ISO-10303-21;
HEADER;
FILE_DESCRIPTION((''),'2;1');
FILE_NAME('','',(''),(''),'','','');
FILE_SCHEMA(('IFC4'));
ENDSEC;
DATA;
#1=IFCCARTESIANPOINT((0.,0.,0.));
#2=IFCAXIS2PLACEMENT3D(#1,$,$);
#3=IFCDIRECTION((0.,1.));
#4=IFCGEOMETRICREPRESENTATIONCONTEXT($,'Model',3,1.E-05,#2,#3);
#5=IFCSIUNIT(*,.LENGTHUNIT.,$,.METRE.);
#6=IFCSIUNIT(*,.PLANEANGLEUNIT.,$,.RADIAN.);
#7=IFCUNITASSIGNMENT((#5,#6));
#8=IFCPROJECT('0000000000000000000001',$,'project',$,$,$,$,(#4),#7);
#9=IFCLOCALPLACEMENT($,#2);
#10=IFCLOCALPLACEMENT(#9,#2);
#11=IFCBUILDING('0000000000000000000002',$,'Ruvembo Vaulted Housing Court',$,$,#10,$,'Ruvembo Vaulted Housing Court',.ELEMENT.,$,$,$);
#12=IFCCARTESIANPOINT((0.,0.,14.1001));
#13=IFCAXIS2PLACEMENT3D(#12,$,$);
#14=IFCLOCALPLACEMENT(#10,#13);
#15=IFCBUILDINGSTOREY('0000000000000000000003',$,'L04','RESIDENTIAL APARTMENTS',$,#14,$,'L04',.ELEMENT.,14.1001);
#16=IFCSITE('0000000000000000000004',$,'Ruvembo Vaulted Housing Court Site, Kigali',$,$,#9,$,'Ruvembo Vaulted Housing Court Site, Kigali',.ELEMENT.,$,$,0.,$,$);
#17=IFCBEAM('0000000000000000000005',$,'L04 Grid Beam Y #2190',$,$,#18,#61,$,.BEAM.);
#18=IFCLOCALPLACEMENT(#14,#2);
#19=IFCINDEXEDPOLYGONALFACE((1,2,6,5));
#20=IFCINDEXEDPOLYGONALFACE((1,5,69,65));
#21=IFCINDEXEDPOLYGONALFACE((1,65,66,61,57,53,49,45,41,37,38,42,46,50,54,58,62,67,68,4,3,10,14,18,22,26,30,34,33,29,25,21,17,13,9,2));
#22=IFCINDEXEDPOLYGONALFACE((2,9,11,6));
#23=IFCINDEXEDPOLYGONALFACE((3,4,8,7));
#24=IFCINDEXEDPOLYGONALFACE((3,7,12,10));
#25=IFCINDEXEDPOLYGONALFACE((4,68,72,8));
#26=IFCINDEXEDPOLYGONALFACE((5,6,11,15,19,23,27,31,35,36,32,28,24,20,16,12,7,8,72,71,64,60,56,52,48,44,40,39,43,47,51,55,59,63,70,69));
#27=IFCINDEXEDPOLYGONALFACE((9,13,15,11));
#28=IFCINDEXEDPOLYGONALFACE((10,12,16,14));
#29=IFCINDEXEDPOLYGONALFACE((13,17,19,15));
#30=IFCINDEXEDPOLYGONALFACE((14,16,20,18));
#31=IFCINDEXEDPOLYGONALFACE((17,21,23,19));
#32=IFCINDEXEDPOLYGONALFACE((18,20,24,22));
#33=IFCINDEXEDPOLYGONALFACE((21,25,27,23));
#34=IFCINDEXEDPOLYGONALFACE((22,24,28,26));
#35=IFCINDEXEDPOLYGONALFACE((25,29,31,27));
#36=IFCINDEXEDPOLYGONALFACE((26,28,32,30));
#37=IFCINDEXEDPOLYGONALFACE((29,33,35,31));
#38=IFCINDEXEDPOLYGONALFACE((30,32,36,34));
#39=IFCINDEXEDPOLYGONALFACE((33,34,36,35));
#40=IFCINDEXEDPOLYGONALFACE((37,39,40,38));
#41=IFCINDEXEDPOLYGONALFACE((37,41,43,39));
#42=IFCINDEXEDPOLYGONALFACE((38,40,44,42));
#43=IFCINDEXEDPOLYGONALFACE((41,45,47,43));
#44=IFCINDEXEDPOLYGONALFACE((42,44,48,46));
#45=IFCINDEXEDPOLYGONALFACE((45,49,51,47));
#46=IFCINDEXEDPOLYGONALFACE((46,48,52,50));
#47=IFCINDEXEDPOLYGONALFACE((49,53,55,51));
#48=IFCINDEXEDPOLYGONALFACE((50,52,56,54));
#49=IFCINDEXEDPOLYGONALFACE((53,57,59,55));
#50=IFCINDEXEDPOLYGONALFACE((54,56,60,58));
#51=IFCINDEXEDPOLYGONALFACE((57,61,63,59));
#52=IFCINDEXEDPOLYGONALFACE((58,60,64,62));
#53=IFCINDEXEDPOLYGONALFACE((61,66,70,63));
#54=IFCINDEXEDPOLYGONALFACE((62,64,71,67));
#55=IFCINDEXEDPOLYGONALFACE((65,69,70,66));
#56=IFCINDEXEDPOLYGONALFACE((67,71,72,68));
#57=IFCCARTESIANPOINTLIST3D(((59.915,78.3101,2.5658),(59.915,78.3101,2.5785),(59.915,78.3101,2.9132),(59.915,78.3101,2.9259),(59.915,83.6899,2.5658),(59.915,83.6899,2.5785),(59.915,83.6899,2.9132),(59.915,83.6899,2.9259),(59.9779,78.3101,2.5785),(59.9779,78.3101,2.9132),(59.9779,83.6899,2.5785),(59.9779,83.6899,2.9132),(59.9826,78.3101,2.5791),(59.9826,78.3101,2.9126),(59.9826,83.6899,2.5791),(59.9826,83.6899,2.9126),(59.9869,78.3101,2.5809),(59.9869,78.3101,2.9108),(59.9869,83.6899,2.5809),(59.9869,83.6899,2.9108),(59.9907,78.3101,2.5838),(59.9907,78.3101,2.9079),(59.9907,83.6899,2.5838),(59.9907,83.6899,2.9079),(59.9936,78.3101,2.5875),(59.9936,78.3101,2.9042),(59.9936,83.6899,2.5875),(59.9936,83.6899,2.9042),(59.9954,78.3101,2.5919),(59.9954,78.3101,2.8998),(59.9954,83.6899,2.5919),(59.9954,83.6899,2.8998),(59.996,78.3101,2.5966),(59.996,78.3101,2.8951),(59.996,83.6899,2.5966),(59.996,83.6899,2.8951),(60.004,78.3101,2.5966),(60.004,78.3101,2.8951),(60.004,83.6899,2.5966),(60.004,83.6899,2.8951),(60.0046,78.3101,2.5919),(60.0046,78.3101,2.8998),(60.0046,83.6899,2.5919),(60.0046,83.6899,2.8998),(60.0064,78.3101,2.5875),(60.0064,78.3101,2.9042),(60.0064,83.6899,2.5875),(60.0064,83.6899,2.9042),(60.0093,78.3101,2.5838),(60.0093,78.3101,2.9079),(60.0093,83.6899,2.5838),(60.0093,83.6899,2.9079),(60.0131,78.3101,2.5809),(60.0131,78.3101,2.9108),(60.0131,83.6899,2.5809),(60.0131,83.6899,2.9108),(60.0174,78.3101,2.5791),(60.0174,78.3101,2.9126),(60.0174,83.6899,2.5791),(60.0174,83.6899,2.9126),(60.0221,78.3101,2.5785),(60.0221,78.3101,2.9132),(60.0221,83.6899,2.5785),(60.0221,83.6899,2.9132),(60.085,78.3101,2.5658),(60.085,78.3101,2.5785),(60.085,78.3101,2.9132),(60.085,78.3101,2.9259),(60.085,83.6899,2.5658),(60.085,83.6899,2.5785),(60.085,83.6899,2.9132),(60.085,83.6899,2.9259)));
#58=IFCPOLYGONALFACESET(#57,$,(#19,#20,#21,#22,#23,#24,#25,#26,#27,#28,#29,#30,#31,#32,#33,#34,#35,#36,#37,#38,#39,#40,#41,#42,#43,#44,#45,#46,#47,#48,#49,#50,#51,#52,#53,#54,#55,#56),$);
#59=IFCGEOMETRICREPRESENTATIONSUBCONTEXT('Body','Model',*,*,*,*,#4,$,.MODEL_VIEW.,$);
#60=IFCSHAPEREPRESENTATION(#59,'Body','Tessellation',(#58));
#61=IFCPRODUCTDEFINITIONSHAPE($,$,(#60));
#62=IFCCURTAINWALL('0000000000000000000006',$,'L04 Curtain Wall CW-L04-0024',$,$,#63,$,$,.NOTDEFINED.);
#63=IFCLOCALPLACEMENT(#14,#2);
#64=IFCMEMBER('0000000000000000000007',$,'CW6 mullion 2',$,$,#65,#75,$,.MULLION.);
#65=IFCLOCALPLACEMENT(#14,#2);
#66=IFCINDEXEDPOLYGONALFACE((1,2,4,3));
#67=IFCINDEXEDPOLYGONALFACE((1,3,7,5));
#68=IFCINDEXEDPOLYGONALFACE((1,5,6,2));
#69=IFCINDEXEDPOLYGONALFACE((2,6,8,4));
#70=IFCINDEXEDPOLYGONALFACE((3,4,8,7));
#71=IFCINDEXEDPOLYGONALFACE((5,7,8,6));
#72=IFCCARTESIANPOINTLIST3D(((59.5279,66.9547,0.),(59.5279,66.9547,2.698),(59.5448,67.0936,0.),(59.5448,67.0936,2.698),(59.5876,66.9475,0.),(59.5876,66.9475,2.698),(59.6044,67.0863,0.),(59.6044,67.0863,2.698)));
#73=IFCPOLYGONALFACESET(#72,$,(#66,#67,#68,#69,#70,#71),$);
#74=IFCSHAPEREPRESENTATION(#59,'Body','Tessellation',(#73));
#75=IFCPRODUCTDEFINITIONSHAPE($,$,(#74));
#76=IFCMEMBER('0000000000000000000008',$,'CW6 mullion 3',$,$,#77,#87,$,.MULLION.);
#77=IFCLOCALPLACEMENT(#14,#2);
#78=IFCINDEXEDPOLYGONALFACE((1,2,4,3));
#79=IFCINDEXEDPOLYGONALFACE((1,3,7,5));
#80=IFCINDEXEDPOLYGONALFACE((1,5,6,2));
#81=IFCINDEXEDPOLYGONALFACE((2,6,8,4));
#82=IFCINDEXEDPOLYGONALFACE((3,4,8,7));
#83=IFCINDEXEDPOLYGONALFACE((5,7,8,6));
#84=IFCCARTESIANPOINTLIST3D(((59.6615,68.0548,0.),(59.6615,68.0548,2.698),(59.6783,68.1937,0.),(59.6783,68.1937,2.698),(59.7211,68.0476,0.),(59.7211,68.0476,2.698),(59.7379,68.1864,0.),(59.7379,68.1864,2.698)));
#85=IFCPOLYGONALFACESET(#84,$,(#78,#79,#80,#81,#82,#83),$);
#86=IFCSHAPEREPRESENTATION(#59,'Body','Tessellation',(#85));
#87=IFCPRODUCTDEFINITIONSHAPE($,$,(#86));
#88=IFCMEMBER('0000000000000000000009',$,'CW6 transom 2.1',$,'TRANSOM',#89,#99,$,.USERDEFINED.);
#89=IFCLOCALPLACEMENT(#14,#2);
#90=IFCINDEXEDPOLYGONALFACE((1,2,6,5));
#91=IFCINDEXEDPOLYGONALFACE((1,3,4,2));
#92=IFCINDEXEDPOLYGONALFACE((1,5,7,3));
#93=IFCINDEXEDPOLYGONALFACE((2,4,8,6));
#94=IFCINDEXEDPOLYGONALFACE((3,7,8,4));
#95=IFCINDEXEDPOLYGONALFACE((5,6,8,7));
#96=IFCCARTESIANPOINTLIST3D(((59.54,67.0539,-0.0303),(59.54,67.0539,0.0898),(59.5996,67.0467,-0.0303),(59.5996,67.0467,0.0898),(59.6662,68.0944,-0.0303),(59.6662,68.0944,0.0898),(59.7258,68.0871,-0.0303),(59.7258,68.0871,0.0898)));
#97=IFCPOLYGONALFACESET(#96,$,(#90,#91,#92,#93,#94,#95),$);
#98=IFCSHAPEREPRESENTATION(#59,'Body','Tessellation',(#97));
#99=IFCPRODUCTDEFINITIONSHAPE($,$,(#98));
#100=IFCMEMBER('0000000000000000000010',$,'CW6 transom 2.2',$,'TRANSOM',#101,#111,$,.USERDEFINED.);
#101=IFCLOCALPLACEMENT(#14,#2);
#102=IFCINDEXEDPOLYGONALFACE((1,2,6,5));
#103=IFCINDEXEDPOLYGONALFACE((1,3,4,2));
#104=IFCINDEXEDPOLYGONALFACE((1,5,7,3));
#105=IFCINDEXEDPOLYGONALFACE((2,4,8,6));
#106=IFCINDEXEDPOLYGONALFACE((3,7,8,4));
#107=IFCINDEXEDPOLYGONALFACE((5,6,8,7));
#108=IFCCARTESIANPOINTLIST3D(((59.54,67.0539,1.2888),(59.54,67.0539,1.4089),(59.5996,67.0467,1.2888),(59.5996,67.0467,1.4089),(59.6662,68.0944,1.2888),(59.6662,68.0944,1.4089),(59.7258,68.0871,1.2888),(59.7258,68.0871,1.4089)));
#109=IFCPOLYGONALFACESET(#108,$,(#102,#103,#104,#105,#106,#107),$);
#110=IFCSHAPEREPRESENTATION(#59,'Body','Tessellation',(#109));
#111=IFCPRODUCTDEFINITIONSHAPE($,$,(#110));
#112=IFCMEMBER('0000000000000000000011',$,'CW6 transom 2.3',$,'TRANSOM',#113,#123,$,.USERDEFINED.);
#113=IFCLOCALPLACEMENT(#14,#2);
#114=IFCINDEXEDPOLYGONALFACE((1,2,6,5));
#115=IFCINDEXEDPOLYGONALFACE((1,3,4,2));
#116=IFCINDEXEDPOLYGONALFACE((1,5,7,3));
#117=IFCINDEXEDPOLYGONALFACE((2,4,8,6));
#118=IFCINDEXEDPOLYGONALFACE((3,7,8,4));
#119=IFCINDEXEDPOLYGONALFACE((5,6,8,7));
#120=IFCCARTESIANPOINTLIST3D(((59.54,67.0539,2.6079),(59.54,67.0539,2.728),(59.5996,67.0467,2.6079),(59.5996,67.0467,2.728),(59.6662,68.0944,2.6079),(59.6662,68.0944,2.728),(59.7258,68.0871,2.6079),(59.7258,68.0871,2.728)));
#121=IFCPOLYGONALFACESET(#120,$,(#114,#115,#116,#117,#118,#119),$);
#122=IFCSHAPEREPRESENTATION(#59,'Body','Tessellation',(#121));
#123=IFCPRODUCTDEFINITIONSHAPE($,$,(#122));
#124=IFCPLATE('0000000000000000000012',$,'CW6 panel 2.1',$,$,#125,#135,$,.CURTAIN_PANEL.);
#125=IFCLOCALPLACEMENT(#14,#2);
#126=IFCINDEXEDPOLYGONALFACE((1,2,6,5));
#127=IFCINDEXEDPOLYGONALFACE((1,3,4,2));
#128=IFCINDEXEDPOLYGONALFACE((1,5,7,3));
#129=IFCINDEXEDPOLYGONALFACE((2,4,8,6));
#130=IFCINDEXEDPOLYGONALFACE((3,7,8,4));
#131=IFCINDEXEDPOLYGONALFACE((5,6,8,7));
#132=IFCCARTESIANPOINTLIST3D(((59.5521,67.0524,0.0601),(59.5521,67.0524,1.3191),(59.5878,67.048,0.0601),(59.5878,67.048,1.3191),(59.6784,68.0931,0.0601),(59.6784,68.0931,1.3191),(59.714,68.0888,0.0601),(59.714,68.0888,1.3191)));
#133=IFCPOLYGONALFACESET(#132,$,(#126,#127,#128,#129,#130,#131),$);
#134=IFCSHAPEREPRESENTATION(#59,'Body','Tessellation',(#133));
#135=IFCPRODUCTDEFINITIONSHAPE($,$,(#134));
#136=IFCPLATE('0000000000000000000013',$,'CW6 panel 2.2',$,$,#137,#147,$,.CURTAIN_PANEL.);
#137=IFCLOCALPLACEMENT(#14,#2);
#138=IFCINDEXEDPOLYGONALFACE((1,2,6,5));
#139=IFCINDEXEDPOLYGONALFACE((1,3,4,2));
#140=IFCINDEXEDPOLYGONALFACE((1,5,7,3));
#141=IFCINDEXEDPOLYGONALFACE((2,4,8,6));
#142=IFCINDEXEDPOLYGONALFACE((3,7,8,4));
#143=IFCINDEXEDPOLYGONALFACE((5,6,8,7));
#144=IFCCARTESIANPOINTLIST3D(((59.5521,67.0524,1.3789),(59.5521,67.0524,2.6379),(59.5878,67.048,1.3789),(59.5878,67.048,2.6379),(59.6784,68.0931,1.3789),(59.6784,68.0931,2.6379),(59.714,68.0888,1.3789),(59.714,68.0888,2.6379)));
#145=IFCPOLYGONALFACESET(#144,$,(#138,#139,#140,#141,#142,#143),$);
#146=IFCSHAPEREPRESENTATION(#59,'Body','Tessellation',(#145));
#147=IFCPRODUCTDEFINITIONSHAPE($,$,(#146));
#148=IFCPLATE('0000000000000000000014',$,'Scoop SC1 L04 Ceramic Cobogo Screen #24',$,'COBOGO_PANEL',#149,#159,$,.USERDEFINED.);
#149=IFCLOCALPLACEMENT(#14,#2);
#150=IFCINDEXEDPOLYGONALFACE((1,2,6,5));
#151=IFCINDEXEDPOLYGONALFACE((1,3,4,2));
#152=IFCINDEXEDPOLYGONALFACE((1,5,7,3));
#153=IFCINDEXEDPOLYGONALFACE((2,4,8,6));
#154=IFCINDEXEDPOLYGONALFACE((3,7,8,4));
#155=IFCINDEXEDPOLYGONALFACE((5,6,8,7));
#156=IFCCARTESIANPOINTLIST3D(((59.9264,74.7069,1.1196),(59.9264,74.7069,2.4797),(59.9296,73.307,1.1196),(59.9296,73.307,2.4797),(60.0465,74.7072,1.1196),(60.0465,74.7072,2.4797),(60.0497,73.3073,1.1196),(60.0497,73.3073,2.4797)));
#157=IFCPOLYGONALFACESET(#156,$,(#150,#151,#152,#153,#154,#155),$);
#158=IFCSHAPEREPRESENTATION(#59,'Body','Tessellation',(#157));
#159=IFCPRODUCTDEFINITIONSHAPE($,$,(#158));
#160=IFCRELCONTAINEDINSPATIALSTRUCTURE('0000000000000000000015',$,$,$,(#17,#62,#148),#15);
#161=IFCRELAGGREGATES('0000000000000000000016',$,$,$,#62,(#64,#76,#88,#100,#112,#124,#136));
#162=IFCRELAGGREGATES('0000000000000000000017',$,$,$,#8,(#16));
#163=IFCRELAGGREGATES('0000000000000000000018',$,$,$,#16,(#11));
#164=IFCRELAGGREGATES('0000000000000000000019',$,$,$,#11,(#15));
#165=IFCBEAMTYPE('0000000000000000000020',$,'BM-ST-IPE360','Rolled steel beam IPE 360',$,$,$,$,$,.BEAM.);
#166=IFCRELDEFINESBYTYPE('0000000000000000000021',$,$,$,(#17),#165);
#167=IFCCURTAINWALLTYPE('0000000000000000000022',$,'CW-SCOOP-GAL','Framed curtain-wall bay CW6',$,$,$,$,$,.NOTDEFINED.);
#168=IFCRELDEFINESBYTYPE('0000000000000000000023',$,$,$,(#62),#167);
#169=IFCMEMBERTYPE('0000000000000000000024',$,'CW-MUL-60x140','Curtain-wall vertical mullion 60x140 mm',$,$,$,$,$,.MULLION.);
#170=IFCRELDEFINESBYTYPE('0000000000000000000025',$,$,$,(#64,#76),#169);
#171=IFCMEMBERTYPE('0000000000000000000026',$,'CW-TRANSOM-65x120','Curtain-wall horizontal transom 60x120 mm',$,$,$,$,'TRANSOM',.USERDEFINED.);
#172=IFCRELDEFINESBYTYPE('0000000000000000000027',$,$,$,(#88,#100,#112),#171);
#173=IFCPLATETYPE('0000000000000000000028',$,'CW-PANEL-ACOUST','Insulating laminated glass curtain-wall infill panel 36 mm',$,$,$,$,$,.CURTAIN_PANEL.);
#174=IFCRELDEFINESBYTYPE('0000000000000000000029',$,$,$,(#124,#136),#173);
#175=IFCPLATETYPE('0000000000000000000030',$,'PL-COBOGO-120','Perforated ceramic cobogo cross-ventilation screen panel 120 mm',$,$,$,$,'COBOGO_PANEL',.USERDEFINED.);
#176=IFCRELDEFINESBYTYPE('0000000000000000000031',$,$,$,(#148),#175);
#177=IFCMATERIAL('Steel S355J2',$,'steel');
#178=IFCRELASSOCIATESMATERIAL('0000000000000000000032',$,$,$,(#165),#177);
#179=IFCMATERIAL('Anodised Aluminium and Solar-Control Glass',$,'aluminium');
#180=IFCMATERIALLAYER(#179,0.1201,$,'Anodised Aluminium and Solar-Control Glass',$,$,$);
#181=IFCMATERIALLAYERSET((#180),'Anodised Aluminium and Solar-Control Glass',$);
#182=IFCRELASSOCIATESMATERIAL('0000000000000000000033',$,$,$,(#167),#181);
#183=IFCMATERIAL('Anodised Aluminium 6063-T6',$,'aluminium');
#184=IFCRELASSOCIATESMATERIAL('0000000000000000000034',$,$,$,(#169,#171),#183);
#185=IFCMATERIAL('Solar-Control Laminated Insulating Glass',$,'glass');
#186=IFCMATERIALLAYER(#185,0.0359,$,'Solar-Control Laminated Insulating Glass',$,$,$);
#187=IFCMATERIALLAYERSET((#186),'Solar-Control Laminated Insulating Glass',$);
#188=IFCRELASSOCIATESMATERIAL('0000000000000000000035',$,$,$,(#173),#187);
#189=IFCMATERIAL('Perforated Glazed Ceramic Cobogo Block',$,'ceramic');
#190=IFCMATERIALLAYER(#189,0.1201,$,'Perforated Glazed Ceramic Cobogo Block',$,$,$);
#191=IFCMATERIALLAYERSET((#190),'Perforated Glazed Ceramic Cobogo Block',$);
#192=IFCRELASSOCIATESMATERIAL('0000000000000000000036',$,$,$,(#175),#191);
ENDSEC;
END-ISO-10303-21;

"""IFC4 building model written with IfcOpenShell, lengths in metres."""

from ifc_helpers import new_model, si_unit, direction, frame, origin, origin_2d, place, context, subcontext, project, spatial, rectangle, i_section, extrude, material, layer, layer_set, material_profile, profile_set, type_object, element, aggregate, save


model = new_model("IFC4")

# Units and contexts
model_context = context("Model", 3, precision=1e-05, world=origin(), true_north=direction((0.0, 1.0)))
body_context = subcontext(model_context, "Body", "Model", "MODEL_VIEW")
ifc_project = project(units=[si_unit("LENGTHUNIT", "METRE"), si_unit("PLANEANGLEUNIT", "RADIAN")], contexts=[model_context])

# Site, building, storey
site_placement = place(None, origin())
site = spatial("IfcSite", under=ifc_project, at=site_placement, Name="Ruvembo Vaulted Housing Court Site, Kigali", LongName="Ruvembo Vaulted Housing Court Site, Kigali", CompositionType="ELEMENT", RefElevation=0.0)
building_placement = place(site_placement, origin())
building = spatial("IfcBuilding", under=site, at=building_placement, Name="Ruvembo Vaulted Housing Court", LongName="Ruvembo Vaulted Housing Court", CompositionType="ELEMENT")
storey_placement = place(building_placement, frame((0.0, 0.0, 14.1001)))
storey = spatial("IfcBuildingStorey", under=building, at=storey_placement, Name="L04", Description="RESIDENTIAL APARTMENTS", LongName="L04", CompositionType="ELEMENT", Elevation=14.1001)

# Beam
ifc_material_1 = material(Name="Steel S355J2", Category="steel")
ifc_material_profile_1 = material_profile(ifc_material_1, i_section(OverallWidth=0.1699, OverallDepth=0.3601, WebThickness=0.0081, FlangeThickness=0.0127, FilletRadius=0.0181, at=origin_2d()), Name="IPE 360")
ifc_profile_set_1 = profile_set([ifc_material_profile_1], Name="Steel S355J2")
beam_type_1 = type_object("IfcBeamType", Name="BM-ST-IPE360", Description="Rolled steel beam IPE 360", PredefinedType="BEAM", material=ifc_profile_set_1)
beam_1_placement = place(storey_placement, frame((60.0, 78.3101, 2.7458), z_axis=(0.0, 1.0, 0.0), x_axis=(-1.0, 0.0, 0.0)))
element("IfcBeam", 1, at=beam_1_placement, inside=storey, type_object=beam_type_1, Name="L04 Grid Beam Y #2190", PredefinedType="BEAM", context=body_context, shape_type="SweptSolid", body=[
    extrude(i_section(OverallWidth=0.1699, OverallDepth=0.3601, WebThickness=0.0081, FlangeThickness=0.0127, FilletRadius=0.0181, at=origin_2d()), origin(), (0.0, 0.0, 1.0), 5.3799),
])

# Curtain wall, members, plates
ifc_material_2 = material(Name="Anodised Aluminium and Solar-Control Glass", Category="aluminium")
ifc_layer_1 = layer(ifc_material_2, 0.1201, Name="Anodised Aluminium and Solar-Control Glass")
ifc_layer_set_1 = layer_set([ifc_layer_1], Name="Anodised Aluminium and Solar-Control Glass")
curtain_wall_type = type_object("IfcCurtainWallType", Name="CW-SCOOP-GAL", Description="Framed curtain-wall bay CW6", PredefinedType="NOTDEFINED", material=ifc_layer_set_1)
curtain_wall_placement = place(storey_placement, origin())
curtain_wall = element("IfcCurtainWall", 2, at=curtain_wall_placement, inside=storey, type_object=curtain_wall_type, Name="L04 Curtain Wall CW-L04-0024", PredefinedType="NOTDEFINED")
ifc_material_3 = material(Name="Anodised Aluminium 6063-T6", Category="aluminium")
ifc_material_profile_2 = material_profile(ifc_material_3, rectangle(XDim=0.0601, YDim=0.1399, at=origin_2d()), Name="ALU 60x140")
ifc_profile_set_2 = profile_set([ifc_material_profile_2], Name="Anodised Aluminium 6063-T6")
member_type_1 = type_object("IfcMemberType", Name="CW-MUL-60x140", Description="Curtain-wall vertical mullion 60x140 mm", PredefinedType="MULLION", material=ifc_profile_set_2)
member_1_placement = place(storey_placement, frame((59.5662, 67.0205, 0.0), z_axis=(0.0, 0.0, 1.0), x_axis=(-0.992725, 0.120401, 0.0)))
member_1 = element("IfcMember", 3, at=member_1_placement, type_object=member_type_1, Name="CW6 mullion 2", PredefinedType="MULLION", context=body_context, shape_type="SweptSolid", body=[
    extrude(rectangle(XDim=0.0601, YDim=0.1399, at=origin_2d()), origin(), (0.0, 0.0, 1.0), 2.698),
])
member_2_placement = place(storey_placement, frame((59.6997, 68.1206, 0.0), z_axis=(0.0, 0.0, 1.0), x_axis=(-0.992725, 0.120401, 0.0)))
member_2 = element("IfcMember", 4, at=member_2_placement, type_object=member_type_1, Name="CW6 mullion 3", PredefinedType="MULLION", context=body_context, shape_type="SweptSolid", body=[
    extrude(rectangle(XDim=0.0601, YDim=0.1399, at=origin_2d()), origin(), (0.0, 0.0, 1.0), 2.698),
])
ifc_material_profile_3 = material_profile(ifc_material_3, rectangle(XDim=0.0601, YDim=0.1201, at=origin_2d()), Name="ALU 60x120")
ifc_profile_set_3 = profile_set([ifc_material_profile_3], Name="Anodised Aluminium 6063-T6")
member_type_2 = type_object("IfcMemberType", Name="CW-TRANSOM-65x120", Description="Curtain-wall horizontal transom 60x120 mm", ElementType="TRANSOM", PredefinedType="USERDEFINED", material=ifc_profile_set_3)
member_3_placement = place(storey_placement, frame((59.5698, 67.0503, 0.0298), z_axis=(0.120422, 0.992723, 0.0), x_axis=(-0.992723, 0.120422, 0.0)))
member_3 = element("IfcMember", 5, at=member_3_placement, type_object=member_type_2, Name="CW6 transom 2.1", ObjectType="TRANSOM", PredefinedType="USERDEFINED", context=body_context, shape_type="SweptSolid", body=[
    extrude(rectangle(XDim=0.0601, YDim=0.1201, at=origin_2d()), origin(), (0.0, 0.0, 1.0), 1.0481),
])
member_4_placement = place(storey_placement, frame((59.5698, 67.0503, 1.3489), z_axis=(0.120422, 0.992723, 0.0), x_axis=(-0.992723, 0.120422, 0.0)))
member_4 = element("IfcMember", 6, at=member_4_placement, type_object=member_type_2, Name="CW6 transom 2.2", ObjectType="TRANSOM", PredefinedType="USERDEFINED", context=body_context, shape_type="SweptSolid", body=[
    extrude(rectangle(XDim=0.0601, YDim=0.1201, at=origin_2d()), origin(), (0.0, 0.0, 1.0), 1.0481),
])
member_5_placement = place(storey_placement, frame((59.5698, 67.0503, 2.668), z_axis=(0.120422, 0.992723, 0.0), x_axis=(-0.992723, 0.120422, 0.0)))
member_5 = element("IfcMember", 7, at=member_5_placement, type_object=member_type_2, Name="CW6 transom 2.3", ObjectType="TRANSOM", PredefinedType="USERDEFINED", context=body_context, shape_type="SweptSolid", body=[
    extrude(rectangle(XDim=0.0601, YDim=0.1201, at=origin_2d()), origin(), (0.0, 0.0, 1.0), 1.0481),
])
ifc_material_4 = material(Name="Solar-Control Laminated Insulating Glass", Category="glass")
ifc_layer_2 = layer(ifc_material_4, 0.0359, Name="Solar-Control Laminated Insulating Glass")
ifc_layer_set_2 = layer_set([ifc_layer_2], Name="Solar-Control Laminated Insulating Glass")
plate_type_1 = type_object("IfcPlateType", Name="CW-PANEL-ACOUST", Description="Insulating laminated glass curtain-wall infill panel 36 mm", PredefinedType="CURTAIN_PANEL", material=ifc_layer_set_2)
plate_1_placement = place(storey_placement, frame((59.6331, 67.5706, 0.0601), z_axis=(0.0, 0.0, 1.0), x_axis=(0.120401, 0.992725, 0.0)))
plate_1 = element("IfcPlate", 8, at=plate_1_placement, type_object=plate_type_1, Name="CW6 panel 2.1", PredefinedType="CURTAIN_PANEL", context=body_context, shape_type="SweptSolid", body=[
    extrude(rectangle(XDim=1.0483, YDim=0.0359, at=origin_2d()), origin(), (0.0, 0.0, 1.0), 1.259),
])
plate_2_placement = place(storey_placement, frame((59.6331, 67.5706, 1.3789), z_axis=(0.0, 0.0, 1.0), x_axis=(0.120401, 0.992725, 0.0)))
plate_2 = element("IfcPlate", 9, at=plate_2_placement, type_object=plate_type_1, Name="CW6 panel 2.2", PredefinedType="CURTAIN_PANEL", context=body_context, shape_type="SweptSolid", body=[
    extrude(rectangle(XDim=1.0483, YDim=0.0359, at=origin_2d()), origin(), (0.0, 0.0, 1.0), 1.259),
])
aggregate(curtain_wall, [member_1, member_2, member_3, member_4, member_5, plate_1, plate_2])

# Plate
ifc_material_5 = material(Name="Perforated Glazed Ceramic Cobogo Block", Category="ceramic")
ifc_layer_3 = layer(ifc_material_5, 0.1201, Name="Perforated Glazed Ceramic Cobogo Block")
ifc_layer_set_3 = layer_set([ifc_layer_3], Name="Perforated Glazed Ceramic Cobogo Block")
plate_type_2 = type_object("IfcPlateType", Name="PL-COBOGO-120", Description="Perforated ceramic cobogo cross-ventilation screen panel 120 mm", ElementType="COBOGO_PANEL", PredefinedType="USERDEFINED", material=ifc_layer_set_3)
plate_3_placement = place(storey_placement, frame((59.988, 74.0071, 1.1196), z_axis=(0.0, 0.0, 1.0), x_axis=(-0.002269, 0.999997, 0.0)))
element("IfcPlate", 10, at=plate_3_placement, inside=storey, type_object=plate_type_2, Name="Scoop SC1 L04 Ceramic Cobogo Screen #24", ObjectType="COBOGO_PANEL", PredefinedType="USERDEFINED", context=body_context, shape_type="SweptSolid", body=[
    extrude(rectangle(XDim=1.3999, YDim=0.1201, at=origin_2d()), origin(), (0.0, 0.0, 1.0), 1.3601),
])

save(model, "model.ifc")
